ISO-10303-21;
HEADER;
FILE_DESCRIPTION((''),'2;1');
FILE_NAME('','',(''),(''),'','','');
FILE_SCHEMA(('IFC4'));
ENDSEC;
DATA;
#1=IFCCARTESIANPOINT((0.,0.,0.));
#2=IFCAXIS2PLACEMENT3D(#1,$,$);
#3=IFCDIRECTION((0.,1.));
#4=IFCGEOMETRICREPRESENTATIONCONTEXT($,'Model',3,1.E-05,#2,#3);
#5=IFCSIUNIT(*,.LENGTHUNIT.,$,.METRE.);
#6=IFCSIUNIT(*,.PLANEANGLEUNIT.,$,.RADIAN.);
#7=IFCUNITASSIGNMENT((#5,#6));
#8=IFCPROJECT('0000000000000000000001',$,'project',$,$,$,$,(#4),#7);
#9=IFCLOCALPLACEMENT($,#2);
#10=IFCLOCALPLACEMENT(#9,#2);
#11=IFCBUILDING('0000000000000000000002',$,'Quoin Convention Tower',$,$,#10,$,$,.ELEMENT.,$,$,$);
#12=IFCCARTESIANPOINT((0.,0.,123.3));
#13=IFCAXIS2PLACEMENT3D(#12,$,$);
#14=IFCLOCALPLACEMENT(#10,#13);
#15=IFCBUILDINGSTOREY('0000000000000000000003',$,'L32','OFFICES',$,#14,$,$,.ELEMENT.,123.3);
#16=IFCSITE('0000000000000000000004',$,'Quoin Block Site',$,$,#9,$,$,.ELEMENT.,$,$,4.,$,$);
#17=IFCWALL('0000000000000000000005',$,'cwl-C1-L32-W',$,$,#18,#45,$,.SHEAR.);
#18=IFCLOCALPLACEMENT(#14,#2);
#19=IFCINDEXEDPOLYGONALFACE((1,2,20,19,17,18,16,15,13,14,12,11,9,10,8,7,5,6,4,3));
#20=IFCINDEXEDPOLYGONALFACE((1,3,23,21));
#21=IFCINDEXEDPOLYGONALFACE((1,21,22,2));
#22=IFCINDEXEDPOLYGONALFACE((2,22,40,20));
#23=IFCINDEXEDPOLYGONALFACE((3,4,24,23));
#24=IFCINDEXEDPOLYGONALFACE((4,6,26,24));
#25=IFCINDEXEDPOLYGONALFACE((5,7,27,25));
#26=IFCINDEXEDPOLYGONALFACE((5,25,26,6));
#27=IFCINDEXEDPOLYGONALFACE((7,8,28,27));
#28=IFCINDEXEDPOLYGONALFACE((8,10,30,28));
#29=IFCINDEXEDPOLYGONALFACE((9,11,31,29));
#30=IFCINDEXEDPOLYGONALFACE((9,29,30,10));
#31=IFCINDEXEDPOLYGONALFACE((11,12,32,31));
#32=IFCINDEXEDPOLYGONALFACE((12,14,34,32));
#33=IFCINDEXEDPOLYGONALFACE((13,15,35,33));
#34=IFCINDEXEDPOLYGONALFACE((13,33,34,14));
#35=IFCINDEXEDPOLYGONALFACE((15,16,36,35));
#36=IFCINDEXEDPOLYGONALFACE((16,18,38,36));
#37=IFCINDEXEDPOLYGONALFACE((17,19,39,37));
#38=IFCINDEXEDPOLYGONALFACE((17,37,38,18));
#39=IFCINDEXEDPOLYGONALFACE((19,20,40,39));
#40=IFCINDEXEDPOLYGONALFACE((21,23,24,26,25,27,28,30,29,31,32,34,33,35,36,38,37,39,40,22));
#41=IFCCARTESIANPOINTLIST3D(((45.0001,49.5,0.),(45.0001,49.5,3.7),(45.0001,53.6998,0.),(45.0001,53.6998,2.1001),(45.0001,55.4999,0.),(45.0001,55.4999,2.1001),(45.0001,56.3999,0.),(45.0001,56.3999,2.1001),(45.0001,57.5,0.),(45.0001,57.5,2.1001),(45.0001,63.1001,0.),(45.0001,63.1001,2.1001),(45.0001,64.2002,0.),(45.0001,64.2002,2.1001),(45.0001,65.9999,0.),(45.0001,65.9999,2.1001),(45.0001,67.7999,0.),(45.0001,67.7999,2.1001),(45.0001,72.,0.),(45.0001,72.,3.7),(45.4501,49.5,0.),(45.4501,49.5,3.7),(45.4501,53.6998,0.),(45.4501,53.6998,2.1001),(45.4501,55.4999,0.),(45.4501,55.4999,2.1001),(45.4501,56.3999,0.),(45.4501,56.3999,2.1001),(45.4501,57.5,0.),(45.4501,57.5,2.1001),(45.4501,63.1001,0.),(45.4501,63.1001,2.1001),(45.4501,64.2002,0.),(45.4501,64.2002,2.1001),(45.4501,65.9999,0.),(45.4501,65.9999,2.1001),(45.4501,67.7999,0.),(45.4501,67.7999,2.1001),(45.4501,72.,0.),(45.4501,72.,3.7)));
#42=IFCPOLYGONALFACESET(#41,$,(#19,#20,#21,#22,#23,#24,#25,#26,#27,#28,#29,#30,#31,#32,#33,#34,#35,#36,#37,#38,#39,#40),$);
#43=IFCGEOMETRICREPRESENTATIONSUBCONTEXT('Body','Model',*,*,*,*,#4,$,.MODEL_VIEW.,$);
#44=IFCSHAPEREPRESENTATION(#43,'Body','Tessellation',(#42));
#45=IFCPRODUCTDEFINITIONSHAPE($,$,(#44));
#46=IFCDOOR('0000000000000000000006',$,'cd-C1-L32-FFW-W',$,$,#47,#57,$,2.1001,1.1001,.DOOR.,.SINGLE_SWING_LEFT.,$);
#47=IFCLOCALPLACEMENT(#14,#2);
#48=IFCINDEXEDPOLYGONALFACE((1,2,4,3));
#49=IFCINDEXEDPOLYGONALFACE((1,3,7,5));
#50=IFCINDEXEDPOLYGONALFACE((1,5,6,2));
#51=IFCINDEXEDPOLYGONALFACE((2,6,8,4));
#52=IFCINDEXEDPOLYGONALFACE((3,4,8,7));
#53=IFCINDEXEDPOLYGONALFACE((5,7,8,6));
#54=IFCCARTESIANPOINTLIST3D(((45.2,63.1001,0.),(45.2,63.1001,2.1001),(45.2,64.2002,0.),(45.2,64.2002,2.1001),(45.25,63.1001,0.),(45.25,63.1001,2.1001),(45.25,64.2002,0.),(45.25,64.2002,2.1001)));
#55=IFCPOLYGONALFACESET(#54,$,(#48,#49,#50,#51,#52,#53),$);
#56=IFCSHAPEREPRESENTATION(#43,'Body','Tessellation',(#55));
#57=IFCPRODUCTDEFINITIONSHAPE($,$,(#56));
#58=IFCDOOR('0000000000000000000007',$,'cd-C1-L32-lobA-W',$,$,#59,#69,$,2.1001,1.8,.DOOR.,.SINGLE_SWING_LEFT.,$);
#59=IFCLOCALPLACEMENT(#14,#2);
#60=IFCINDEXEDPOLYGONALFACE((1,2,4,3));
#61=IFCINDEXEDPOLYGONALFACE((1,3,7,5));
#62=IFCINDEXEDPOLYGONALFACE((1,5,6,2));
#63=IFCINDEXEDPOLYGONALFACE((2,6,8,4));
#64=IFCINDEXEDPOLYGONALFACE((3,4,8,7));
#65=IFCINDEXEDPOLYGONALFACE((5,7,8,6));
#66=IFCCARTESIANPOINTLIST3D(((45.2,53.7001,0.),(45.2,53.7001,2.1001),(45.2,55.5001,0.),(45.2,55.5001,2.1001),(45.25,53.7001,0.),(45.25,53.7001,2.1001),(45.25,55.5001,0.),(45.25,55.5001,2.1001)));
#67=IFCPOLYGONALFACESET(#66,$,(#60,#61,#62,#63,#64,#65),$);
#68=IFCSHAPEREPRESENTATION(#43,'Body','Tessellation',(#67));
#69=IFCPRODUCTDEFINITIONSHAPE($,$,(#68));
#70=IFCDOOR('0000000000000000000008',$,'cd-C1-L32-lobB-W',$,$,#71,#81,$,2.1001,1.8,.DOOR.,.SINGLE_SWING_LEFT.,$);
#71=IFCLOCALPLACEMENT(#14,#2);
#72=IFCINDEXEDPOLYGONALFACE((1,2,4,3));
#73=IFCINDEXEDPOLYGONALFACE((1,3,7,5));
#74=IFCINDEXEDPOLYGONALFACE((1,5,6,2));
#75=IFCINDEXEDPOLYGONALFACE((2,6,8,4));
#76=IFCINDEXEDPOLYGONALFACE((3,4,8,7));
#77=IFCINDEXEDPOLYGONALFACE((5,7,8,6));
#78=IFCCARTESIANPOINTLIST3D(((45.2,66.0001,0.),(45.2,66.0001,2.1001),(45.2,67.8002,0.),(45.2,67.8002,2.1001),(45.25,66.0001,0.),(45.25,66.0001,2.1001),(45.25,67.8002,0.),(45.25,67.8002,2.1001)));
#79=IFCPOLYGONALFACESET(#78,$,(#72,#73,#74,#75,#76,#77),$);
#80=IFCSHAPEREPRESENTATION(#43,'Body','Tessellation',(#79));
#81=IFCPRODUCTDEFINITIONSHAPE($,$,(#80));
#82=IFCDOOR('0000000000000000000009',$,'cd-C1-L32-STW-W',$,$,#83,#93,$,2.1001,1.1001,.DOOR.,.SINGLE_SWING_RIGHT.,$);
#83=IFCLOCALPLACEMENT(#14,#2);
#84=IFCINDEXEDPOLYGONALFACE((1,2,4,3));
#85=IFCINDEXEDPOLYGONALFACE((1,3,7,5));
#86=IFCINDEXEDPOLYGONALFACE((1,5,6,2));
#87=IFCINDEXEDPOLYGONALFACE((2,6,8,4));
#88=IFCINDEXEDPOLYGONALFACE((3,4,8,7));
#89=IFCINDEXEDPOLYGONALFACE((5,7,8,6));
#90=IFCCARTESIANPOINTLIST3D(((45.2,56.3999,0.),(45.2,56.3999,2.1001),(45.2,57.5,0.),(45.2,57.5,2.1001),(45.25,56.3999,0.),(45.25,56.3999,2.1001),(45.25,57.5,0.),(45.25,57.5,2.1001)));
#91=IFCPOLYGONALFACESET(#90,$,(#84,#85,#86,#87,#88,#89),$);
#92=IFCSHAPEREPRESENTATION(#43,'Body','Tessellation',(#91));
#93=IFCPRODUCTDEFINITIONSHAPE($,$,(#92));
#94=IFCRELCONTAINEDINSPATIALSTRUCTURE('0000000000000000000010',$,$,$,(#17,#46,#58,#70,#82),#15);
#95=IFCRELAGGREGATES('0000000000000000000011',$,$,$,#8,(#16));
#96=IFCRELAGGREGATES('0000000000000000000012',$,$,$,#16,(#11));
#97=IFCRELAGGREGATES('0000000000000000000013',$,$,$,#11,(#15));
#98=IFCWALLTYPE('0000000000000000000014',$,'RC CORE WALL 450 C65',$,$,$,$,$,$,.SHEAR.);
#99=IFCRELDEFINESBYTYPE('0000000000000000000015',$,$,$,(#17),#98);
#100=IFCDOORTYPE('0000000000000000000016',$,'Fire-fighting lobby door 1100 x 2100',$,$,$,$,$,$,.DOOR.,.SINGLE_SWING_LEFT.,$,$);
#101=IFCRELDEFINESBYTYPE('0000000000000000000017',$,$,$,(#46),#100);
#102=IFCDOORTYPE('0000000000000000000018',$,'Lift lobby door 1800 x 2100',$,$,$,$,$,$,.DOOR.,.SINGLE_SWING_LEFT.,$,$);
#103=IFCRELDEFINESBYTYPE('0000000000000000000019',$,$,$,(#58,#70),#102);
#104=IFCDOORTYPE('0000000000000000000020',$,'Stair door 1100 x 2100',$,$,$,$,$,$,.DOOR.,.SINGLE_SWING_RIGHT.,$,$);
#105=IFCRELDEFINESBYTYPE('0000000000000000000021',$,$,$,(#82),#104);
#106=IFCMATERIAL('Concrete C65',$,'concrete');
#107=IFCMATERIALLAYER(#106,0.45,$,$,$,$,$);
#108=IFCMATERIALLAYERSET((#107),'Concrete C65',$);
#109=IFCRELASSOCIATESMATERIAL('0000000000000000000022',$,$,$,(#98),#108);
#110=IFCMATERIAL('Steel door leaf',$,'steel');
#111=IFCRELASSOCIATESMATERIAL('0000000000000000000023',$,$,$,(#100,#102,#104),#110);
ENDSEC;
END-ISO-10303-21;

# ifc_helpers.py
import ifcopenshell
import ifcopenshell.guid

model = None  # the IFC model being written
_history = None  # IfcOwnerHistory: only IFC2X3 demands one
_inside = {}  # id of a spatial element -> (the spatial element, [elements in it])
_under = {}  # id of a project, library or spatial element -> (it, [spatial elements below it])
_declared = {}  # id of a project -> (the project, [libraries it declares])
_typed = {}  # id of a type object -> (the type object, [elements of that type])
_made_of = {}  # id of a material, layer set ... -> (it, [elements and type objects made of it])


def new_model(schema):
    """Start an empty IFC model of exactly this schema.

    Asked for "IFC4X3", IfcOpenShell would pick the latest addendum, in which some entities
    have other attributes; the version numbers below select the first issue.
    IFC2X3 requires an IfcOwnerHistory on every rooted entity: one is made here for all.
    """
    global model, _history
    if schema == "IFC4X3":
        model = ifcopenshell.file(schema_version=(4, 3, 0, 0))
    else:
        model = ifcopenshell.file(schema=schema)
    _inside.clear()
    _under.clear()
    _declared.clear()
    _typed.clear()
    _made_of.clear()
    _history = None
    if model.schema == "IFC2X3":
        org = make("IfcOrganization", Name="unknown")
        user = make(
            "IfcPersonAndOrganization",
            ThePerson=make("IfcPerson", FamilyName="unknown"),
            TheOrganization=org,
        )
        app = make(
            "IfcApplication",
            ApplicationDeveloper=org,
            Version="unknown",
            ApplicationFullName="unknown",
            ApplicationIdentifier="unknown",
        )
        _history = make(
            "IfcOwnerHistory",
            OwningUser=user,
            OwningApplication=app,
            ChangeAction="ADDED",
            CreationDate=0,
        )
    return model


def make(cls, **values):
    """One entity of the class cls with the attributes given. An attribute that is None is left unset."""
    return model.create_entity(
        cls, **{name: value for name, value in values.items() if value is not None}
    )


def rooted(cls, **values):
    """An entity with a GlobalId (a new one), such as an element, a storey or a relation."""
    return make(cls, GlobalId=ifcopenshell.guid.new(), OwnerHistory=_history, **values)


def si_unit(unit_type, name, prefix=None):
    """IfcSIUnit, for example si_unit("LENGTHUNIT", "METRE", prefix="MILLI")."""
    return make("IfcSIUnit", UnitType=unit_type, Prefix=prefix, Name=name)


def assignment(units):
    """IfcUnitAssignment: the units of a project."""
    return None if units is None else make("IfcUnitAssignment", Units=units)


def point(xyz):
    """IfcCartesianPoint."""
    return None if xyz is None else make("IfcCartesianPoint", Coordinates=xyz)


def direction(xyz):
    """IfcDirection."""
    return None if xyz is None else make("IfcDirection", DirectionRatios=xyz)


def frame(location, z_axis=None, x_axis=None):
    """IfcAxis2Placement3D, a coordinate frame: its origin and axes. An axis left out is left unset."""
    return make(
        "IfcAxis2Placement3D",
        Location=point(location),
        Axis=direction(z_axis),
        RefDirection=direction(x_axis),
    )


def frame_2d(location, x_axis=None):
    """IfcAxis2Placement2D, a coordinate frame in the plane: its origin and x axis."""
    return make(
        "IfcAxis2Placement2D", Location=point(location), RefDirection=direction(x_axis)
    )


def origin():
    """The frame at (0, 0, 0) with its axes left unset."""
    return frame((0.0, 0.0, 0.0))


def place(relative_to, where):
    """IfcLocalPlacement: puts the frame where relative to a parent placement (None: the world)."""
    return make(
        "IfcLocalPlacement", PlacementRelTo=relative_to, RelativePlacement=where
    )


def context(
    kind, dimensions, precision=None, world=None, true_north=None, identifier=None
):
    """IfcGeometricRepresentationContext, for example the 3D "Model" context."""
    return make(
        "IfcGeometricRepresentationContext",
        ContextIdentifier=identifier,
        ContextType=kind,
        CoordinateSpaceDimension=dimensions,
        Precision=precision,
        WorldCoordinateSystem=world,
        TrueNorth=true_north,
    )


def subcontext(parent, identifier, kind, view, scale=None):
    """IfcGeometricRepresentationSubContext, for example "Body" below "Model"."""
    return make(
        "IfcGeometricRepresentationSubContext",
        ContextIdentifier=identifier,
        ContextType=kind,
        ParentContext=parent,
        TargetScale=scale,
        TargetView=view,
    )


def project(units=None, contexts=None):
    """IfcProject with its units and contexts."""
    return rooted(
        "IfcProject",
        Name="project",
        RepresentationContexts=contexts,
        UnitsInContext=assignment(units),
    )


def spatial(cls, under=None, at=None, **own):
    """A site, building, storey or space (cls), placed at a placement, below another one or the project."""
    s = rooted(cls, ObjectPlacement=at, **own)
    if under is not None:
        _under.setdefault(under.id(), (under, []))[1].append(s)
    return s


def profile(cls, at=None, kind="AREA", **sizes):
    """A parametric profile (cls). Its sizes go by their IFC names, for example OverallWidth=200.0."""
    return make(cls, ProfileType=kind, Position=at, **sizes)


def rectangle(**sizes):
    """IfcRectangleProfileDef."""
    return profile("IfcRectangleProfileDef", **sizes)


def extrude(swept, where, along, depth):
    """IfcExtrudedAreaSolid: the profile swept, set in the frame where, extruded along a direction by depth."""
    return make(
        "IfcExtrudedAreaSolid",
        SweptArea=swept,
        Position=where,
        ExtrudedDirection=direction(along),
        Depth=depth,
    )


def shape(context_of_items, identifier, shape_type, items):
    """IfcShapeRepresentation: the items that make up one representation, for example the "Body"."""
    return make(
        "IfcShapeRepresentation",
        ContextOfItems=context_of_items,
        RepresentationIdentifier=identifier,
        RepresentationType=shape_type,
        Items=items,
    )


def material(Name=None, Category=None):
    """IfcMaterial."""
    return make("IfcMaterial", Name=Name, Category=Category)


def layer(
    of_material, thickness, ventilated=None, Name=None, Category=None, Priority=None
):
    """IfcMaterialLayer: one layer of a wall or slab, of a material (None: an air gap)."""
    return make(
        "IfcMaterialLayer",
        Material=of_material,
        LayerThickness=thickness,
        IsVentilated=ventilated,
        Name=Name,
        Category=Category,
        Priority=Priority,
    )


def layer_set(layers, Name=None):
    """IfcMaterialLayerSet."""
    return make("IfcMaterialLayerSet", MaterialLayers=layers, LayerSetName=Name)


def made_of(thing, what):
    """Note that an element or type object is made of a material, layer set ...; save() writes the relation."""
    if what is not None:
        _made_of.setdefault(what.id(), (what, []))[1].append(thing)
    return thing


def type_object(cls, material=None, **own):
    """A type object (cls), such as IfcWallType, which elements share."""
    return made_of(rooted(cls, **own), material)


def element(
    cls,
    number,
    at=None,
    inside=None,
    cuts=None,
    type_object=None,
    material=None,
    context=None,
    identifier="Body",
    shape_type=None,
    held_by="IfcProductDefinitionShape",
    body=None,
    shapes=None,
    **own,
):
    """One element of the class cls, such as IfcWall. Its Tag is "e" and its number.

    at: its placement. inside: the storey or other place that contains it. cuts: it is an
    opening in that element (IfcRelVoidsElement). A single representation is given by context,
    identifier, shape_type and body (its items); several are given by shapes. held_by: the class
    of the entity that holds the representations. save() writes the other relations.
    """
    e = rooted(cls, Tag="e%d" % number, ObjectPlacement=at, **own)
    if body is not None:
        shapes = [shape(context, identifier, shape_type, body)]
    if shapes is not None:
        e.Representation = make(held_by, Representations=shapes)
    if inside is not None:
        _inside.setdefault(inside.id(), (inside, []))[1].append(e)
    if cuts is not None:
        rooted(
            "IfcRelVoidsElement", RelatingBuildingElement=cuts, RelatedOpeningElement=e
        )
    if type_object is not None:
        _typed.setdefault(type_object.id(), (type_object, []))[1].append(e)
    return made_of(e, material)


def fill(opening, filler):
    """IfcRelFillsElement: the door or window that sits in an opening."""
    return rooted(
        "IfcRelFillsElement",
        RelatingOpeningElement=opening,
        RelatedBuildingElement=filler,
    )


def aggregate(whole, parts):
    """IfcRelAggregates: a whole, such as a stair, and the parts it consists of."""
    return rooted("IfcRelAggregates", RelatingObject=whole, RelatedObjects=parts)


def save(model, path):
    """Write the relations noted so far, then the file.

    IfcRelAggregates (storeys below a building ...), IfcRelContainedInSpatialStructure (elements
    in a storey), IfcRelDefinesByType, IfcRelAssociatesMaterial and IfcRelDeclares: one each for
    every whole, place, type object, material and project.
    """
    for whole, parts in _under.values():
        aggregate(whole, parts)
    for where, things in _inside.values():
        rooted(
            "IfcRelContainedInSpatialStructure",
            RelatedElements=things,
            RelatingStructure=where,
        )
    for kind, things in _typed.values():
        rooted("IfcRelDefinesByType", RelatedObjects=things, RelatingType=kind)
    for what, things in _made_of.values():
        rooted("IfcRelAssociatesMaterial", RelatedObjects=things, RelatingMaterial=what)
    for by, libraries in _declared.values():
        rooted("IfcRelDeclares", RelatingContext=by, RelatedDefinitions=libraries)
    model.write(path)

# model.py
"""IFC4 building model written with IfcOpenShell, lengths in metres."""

from ifc_helpers import new_model, si_unit, direction, frame, frame_2d, origin, place, context, subcontext, project, spatial, rectangle, extrude, material, layer, layer_set, type_object, element, fill, save


model = new_model("IFC4")

# Units and contexts
model_context = context("Model", 3, precision=1e-05, world=origin(), true_north=direction((0.0, 1.0)))
body_context = subcontext(model_context, "Body", "Model", "MODEL_VIEW")
ifc_project = project(units=[si_unit("LENGTHUNIT", "METRE"), si_unit("PLANEANGLEUNIT", "RADIAN")], contexts=[model_context])

# Site, building, storey
site_placement = place(None, origin())
site = spatial("IfcSite", under=ifc_project, at=site_placement, Name="Quoin Block Site", CompositionType="ELEMENT", RefElevation=4.0)
building_placement = place(site_placement, origin())
building = spatial("IfcBuilding", under=site, at=building_placement, Name="Quoin Convention Tower", CompositionType="ELEMENT")
storey_placement = place(building_placement, frame((0.0, 0.0, 123.3)))
storey = spatial("IfcBuildingStorey", under=building, at=storey_placement, Name="L32", Description="OFFICES", CompositionType="ELEMENT", Elevation=123.3)

# Shared definitions
ifc_material_1 = material(Name="Steel door leaf", Category="steel")

# Shared definitions
ifc_material_2 = material(Name="Concrete C65", Category="concrete")
ifc_layer_1 = layer(ifc_material_2, 0.45)
ifc_layer_set_1 = layer_set([ifc_layer_1], Name="Concrete C65")
wall_type_1 = type_object("IfcWallType", Name="RC CORE WALL 450 C65", PredefinedType="SHEAR", material=ifc_layer_set_1)

# Wall, openings, doors
wall_1_placement = place(storey_placement, frame((45.2251, 49.5, 0.0), z_axis=(0.0, 0.0, 1.0), x_axis=(0.0, 1.0, 0.0)))
wall_1 = element("IfcWall", 1, at=wall_1_placement, inside=storey, type_object=wall_type_1, Name="cwl-C1-L32-W", PredefinedType="SHEAR", context=body_context, shape_type="SweptSolid", body=[
    extrude(rectangle(XDim=22.5, YDim=0.45, at=frame_2d((11.25, 0.0))), origin(), (0.0, 0.0, 1.0), 3.7),
])
opening_1_placement = place(wall_1_placement, frame((4.2, 0.0, 0.0)))
opening_1 = element("IfcOpeningElement", 2, at=opening_1_placement, cuts=wall_1, PredefinedType="OPENING", context=body_context, shape_type="SweptSolid", body=[
    extrude(rectangle(XDim=1.8, YDim=2.1001, at=frame_2d((0.8999, 1.05))), frame((0.0, 0.2349, 0.0), z_axis=(0.0, -1.0, 0.0), x_axis=(1.0, 0.0, 0.0)), (0.0, 0.0, 1.0), 0.47),
])
opening_2_placement = place(wall_1_placement, frame((6.8999, 0.0, 0.0)))
opening_2 = element("IfcOpeningElement", 3, at=opening_2_placement, cuts=wall_1, PredefinedType="OPENING", context=body_context, shape_type="SweptSolid", body=[
    extrude(rectangle(XDim=1.1001, YDim=2.1001, at=frame_2d((0.55, 1.05))), frame((0.0, 0.2349, 0.0), z_axis=(0.0, -1.0, 0.0), x_axis=(1.0, 0.0, 0.0)), (0.0, 0.0, 1.0), 0.47),
])
opening_3_placement = place(wall_1_placement, frame((13.6001, 0.0, 0.0)))
opening_3 = element("IfcOpeningElement", 4, at=opening_3_placement, cuts=wall_1, PredefinedType="OPENING", context=body_context, shape_type="SweptSolid", body=[
    extrude(rectangle(XDim=1.1001, YDim=2.1001, at=frame_2d((0.55, 1.05))), frame((0.0, 0.2349, 0.0), z_axis=(0.0, -1.0, 0.0), x_axis=(1.0, 0.0, 0.0)), (0.0, 0.0, 1.0), 0.47),
])
opening_4_placement = place(wall_1_placement, frame((16.5, 0.0, 0.0)))
opening_4 = element("IfcOpeningElement", 5, at=opening_4_placement, cuts=wall_1, PredefinedType="OPENING", context=body_context, shape_type="SweptSolid", body=[
    extrude(rectangle(XDim=1.8, YDim=2.1001, at=frame_2d((0.8999, 1.05))), frame((0.0, 0.2349, 0.0), z_axis=(0.0, -1.0, 0.0), x_axis=(1.0, 0.0, 0.0)), (0.0, 0.0, 1.0), 0.47),
])
door_type_1 = type_object("IfcDoorType", Name="Fire-fighting lobby door 1100 x 2100", OperationType="SINGLE_SWING_LEFT", PredefinedType="DOOR", material=ifc_material_1)
door_1_placement = place(opening_3_placement, frame((1.1001, 0.0, 0.0), z_axis=(0.0, 0.0, 1.0), x_axis=(-1.0, 0.0, 0.0)))
door_1 = element("IfcDoor", 6, at=door_1_placement, inside=storey, type_object=door_type_1, Name="cd-C1-L32-FFW-W", OperationType="SINGLE_SWING_LEFT", OverallHeight=2.1001, OverallWidth=1.1001, PredefinedType="DOOR", context=body_context, shape_type="SweptSolid", body=[
    extrude(rectangle(XDim=1.1001, YDim=2.1001, at=frame_2d((0.55, 1.05))), frame((0.0, 0.0249, 0.0), z_axis=(0.0, -1.0, 0.0), x_axis=(1.0, 0.0, 0.0)), (0.0, 0.0, 1.0), 0.05),
])
fill(opening_3, door_1)
door_type_2 = type_object("IfcDoorType", Name="Lift lobby door 1800 x 2100", OperationType="SINGLE_SWING_LEFT", PredefinedType="DOOR", material=ifc_material_1)
door_2_placement = place(opening_1_placement, frame((1.8, 0.0, 0.0), z_axis=(0.0, 0.0, 1.0), x_axis=(-1.0, 0.0, 0.0)))
door_2 = element("IfcDoor", 7, at=door_2_placement, inside=storey, type_object=door_type_2, Name="cd-C1-L32-lobA-W", OperationType="SINGLE_SWING_LEFT", OverallHeight=2.1001, OverallWidth=1.8, PredefinedType="DOOR", context=body_context, shape_type="SweptSolid", body=[
    extrude(rectangle(XDim=1.8, YDim=2.1001, at=frame_2d((0.8999, 1.05))), frame((0.0, 0.0249, 0.0), z_axis=(0.0, -1.0, 0.0), x_axis=(1.0, 0.0, 0.0)), (0.0, 0.0, 1.0), 0.05),
])
fill(opening_1, door_2)
door_3_placement = place(opening_4_placement, frame((1.8, 0.0, 0.0), z_axis=(0.0, 0.0, 1.0), x_axis=(-1.0, 0.0, 0.0)))
door_3 = element("IfcDoor", 8, at=door_3_placement, inside=storey, type_object=door_type_2, Name="cd-C1-L32-lobB-W", OperationType="SINGLE_SWING_LEFT", OverallHeight=2.1001, OverallWidth=1.8, PredefinedType="DOOR", context=body_context, shape_type="SweptSolid", body=[
    extrude(rectangle(XDim=1.8, YDim=2.1001, at=frame_2d((0.8999, 1.05))), frame((0.0, 0.0249, 0.0), z_axis=(0.0, -1.0, 0.0), x_axis=(1.0, 0.0, 0.0)), (0.0, 0.0, 1.0), 0.05),
])
fill(opening_4, door_3)
door_type_3 = type_object("IfcDoorType", Name="Stair door 1100 x 2100", OperationType="SINGLE_SWING_RIGHT", PredefinedType="DOOR", material=ifc_material_1)
door_4_placement = place(opening_2_placement, frame((1.1001, 0.0, 0.0), z_axis=(0.0, 0.0, 1.0), x_axis=(-1.0, 0.0, 0.0)))
door_4 = element("IfcDoor", 9, at=door_4_placement, inside=storey, type_object=door_type_3, Name="cd-C1-L32-STW-W", OperationType="SINGLE_SWING_RIGHT", OverallHeight=2.1001, OverallWidth=1.1001, PredefinedType="DOOR", context=body_context, shape_type="SweptSolid", body=[
    extrude(rectangle(XDim=1.1001, YDim=2.1001, at=frame_2d((0.55, 1.05))), frame((0.0, 0.0249, 0.0), z_axis=(0.0, -1.0, 0.0), x_axis=(1.0, 0.0, 0.0)), (0.0, 0.0, 1.0), 0.05),
])
fill(opening_2, door_4)

save(model, "model.ifc")
